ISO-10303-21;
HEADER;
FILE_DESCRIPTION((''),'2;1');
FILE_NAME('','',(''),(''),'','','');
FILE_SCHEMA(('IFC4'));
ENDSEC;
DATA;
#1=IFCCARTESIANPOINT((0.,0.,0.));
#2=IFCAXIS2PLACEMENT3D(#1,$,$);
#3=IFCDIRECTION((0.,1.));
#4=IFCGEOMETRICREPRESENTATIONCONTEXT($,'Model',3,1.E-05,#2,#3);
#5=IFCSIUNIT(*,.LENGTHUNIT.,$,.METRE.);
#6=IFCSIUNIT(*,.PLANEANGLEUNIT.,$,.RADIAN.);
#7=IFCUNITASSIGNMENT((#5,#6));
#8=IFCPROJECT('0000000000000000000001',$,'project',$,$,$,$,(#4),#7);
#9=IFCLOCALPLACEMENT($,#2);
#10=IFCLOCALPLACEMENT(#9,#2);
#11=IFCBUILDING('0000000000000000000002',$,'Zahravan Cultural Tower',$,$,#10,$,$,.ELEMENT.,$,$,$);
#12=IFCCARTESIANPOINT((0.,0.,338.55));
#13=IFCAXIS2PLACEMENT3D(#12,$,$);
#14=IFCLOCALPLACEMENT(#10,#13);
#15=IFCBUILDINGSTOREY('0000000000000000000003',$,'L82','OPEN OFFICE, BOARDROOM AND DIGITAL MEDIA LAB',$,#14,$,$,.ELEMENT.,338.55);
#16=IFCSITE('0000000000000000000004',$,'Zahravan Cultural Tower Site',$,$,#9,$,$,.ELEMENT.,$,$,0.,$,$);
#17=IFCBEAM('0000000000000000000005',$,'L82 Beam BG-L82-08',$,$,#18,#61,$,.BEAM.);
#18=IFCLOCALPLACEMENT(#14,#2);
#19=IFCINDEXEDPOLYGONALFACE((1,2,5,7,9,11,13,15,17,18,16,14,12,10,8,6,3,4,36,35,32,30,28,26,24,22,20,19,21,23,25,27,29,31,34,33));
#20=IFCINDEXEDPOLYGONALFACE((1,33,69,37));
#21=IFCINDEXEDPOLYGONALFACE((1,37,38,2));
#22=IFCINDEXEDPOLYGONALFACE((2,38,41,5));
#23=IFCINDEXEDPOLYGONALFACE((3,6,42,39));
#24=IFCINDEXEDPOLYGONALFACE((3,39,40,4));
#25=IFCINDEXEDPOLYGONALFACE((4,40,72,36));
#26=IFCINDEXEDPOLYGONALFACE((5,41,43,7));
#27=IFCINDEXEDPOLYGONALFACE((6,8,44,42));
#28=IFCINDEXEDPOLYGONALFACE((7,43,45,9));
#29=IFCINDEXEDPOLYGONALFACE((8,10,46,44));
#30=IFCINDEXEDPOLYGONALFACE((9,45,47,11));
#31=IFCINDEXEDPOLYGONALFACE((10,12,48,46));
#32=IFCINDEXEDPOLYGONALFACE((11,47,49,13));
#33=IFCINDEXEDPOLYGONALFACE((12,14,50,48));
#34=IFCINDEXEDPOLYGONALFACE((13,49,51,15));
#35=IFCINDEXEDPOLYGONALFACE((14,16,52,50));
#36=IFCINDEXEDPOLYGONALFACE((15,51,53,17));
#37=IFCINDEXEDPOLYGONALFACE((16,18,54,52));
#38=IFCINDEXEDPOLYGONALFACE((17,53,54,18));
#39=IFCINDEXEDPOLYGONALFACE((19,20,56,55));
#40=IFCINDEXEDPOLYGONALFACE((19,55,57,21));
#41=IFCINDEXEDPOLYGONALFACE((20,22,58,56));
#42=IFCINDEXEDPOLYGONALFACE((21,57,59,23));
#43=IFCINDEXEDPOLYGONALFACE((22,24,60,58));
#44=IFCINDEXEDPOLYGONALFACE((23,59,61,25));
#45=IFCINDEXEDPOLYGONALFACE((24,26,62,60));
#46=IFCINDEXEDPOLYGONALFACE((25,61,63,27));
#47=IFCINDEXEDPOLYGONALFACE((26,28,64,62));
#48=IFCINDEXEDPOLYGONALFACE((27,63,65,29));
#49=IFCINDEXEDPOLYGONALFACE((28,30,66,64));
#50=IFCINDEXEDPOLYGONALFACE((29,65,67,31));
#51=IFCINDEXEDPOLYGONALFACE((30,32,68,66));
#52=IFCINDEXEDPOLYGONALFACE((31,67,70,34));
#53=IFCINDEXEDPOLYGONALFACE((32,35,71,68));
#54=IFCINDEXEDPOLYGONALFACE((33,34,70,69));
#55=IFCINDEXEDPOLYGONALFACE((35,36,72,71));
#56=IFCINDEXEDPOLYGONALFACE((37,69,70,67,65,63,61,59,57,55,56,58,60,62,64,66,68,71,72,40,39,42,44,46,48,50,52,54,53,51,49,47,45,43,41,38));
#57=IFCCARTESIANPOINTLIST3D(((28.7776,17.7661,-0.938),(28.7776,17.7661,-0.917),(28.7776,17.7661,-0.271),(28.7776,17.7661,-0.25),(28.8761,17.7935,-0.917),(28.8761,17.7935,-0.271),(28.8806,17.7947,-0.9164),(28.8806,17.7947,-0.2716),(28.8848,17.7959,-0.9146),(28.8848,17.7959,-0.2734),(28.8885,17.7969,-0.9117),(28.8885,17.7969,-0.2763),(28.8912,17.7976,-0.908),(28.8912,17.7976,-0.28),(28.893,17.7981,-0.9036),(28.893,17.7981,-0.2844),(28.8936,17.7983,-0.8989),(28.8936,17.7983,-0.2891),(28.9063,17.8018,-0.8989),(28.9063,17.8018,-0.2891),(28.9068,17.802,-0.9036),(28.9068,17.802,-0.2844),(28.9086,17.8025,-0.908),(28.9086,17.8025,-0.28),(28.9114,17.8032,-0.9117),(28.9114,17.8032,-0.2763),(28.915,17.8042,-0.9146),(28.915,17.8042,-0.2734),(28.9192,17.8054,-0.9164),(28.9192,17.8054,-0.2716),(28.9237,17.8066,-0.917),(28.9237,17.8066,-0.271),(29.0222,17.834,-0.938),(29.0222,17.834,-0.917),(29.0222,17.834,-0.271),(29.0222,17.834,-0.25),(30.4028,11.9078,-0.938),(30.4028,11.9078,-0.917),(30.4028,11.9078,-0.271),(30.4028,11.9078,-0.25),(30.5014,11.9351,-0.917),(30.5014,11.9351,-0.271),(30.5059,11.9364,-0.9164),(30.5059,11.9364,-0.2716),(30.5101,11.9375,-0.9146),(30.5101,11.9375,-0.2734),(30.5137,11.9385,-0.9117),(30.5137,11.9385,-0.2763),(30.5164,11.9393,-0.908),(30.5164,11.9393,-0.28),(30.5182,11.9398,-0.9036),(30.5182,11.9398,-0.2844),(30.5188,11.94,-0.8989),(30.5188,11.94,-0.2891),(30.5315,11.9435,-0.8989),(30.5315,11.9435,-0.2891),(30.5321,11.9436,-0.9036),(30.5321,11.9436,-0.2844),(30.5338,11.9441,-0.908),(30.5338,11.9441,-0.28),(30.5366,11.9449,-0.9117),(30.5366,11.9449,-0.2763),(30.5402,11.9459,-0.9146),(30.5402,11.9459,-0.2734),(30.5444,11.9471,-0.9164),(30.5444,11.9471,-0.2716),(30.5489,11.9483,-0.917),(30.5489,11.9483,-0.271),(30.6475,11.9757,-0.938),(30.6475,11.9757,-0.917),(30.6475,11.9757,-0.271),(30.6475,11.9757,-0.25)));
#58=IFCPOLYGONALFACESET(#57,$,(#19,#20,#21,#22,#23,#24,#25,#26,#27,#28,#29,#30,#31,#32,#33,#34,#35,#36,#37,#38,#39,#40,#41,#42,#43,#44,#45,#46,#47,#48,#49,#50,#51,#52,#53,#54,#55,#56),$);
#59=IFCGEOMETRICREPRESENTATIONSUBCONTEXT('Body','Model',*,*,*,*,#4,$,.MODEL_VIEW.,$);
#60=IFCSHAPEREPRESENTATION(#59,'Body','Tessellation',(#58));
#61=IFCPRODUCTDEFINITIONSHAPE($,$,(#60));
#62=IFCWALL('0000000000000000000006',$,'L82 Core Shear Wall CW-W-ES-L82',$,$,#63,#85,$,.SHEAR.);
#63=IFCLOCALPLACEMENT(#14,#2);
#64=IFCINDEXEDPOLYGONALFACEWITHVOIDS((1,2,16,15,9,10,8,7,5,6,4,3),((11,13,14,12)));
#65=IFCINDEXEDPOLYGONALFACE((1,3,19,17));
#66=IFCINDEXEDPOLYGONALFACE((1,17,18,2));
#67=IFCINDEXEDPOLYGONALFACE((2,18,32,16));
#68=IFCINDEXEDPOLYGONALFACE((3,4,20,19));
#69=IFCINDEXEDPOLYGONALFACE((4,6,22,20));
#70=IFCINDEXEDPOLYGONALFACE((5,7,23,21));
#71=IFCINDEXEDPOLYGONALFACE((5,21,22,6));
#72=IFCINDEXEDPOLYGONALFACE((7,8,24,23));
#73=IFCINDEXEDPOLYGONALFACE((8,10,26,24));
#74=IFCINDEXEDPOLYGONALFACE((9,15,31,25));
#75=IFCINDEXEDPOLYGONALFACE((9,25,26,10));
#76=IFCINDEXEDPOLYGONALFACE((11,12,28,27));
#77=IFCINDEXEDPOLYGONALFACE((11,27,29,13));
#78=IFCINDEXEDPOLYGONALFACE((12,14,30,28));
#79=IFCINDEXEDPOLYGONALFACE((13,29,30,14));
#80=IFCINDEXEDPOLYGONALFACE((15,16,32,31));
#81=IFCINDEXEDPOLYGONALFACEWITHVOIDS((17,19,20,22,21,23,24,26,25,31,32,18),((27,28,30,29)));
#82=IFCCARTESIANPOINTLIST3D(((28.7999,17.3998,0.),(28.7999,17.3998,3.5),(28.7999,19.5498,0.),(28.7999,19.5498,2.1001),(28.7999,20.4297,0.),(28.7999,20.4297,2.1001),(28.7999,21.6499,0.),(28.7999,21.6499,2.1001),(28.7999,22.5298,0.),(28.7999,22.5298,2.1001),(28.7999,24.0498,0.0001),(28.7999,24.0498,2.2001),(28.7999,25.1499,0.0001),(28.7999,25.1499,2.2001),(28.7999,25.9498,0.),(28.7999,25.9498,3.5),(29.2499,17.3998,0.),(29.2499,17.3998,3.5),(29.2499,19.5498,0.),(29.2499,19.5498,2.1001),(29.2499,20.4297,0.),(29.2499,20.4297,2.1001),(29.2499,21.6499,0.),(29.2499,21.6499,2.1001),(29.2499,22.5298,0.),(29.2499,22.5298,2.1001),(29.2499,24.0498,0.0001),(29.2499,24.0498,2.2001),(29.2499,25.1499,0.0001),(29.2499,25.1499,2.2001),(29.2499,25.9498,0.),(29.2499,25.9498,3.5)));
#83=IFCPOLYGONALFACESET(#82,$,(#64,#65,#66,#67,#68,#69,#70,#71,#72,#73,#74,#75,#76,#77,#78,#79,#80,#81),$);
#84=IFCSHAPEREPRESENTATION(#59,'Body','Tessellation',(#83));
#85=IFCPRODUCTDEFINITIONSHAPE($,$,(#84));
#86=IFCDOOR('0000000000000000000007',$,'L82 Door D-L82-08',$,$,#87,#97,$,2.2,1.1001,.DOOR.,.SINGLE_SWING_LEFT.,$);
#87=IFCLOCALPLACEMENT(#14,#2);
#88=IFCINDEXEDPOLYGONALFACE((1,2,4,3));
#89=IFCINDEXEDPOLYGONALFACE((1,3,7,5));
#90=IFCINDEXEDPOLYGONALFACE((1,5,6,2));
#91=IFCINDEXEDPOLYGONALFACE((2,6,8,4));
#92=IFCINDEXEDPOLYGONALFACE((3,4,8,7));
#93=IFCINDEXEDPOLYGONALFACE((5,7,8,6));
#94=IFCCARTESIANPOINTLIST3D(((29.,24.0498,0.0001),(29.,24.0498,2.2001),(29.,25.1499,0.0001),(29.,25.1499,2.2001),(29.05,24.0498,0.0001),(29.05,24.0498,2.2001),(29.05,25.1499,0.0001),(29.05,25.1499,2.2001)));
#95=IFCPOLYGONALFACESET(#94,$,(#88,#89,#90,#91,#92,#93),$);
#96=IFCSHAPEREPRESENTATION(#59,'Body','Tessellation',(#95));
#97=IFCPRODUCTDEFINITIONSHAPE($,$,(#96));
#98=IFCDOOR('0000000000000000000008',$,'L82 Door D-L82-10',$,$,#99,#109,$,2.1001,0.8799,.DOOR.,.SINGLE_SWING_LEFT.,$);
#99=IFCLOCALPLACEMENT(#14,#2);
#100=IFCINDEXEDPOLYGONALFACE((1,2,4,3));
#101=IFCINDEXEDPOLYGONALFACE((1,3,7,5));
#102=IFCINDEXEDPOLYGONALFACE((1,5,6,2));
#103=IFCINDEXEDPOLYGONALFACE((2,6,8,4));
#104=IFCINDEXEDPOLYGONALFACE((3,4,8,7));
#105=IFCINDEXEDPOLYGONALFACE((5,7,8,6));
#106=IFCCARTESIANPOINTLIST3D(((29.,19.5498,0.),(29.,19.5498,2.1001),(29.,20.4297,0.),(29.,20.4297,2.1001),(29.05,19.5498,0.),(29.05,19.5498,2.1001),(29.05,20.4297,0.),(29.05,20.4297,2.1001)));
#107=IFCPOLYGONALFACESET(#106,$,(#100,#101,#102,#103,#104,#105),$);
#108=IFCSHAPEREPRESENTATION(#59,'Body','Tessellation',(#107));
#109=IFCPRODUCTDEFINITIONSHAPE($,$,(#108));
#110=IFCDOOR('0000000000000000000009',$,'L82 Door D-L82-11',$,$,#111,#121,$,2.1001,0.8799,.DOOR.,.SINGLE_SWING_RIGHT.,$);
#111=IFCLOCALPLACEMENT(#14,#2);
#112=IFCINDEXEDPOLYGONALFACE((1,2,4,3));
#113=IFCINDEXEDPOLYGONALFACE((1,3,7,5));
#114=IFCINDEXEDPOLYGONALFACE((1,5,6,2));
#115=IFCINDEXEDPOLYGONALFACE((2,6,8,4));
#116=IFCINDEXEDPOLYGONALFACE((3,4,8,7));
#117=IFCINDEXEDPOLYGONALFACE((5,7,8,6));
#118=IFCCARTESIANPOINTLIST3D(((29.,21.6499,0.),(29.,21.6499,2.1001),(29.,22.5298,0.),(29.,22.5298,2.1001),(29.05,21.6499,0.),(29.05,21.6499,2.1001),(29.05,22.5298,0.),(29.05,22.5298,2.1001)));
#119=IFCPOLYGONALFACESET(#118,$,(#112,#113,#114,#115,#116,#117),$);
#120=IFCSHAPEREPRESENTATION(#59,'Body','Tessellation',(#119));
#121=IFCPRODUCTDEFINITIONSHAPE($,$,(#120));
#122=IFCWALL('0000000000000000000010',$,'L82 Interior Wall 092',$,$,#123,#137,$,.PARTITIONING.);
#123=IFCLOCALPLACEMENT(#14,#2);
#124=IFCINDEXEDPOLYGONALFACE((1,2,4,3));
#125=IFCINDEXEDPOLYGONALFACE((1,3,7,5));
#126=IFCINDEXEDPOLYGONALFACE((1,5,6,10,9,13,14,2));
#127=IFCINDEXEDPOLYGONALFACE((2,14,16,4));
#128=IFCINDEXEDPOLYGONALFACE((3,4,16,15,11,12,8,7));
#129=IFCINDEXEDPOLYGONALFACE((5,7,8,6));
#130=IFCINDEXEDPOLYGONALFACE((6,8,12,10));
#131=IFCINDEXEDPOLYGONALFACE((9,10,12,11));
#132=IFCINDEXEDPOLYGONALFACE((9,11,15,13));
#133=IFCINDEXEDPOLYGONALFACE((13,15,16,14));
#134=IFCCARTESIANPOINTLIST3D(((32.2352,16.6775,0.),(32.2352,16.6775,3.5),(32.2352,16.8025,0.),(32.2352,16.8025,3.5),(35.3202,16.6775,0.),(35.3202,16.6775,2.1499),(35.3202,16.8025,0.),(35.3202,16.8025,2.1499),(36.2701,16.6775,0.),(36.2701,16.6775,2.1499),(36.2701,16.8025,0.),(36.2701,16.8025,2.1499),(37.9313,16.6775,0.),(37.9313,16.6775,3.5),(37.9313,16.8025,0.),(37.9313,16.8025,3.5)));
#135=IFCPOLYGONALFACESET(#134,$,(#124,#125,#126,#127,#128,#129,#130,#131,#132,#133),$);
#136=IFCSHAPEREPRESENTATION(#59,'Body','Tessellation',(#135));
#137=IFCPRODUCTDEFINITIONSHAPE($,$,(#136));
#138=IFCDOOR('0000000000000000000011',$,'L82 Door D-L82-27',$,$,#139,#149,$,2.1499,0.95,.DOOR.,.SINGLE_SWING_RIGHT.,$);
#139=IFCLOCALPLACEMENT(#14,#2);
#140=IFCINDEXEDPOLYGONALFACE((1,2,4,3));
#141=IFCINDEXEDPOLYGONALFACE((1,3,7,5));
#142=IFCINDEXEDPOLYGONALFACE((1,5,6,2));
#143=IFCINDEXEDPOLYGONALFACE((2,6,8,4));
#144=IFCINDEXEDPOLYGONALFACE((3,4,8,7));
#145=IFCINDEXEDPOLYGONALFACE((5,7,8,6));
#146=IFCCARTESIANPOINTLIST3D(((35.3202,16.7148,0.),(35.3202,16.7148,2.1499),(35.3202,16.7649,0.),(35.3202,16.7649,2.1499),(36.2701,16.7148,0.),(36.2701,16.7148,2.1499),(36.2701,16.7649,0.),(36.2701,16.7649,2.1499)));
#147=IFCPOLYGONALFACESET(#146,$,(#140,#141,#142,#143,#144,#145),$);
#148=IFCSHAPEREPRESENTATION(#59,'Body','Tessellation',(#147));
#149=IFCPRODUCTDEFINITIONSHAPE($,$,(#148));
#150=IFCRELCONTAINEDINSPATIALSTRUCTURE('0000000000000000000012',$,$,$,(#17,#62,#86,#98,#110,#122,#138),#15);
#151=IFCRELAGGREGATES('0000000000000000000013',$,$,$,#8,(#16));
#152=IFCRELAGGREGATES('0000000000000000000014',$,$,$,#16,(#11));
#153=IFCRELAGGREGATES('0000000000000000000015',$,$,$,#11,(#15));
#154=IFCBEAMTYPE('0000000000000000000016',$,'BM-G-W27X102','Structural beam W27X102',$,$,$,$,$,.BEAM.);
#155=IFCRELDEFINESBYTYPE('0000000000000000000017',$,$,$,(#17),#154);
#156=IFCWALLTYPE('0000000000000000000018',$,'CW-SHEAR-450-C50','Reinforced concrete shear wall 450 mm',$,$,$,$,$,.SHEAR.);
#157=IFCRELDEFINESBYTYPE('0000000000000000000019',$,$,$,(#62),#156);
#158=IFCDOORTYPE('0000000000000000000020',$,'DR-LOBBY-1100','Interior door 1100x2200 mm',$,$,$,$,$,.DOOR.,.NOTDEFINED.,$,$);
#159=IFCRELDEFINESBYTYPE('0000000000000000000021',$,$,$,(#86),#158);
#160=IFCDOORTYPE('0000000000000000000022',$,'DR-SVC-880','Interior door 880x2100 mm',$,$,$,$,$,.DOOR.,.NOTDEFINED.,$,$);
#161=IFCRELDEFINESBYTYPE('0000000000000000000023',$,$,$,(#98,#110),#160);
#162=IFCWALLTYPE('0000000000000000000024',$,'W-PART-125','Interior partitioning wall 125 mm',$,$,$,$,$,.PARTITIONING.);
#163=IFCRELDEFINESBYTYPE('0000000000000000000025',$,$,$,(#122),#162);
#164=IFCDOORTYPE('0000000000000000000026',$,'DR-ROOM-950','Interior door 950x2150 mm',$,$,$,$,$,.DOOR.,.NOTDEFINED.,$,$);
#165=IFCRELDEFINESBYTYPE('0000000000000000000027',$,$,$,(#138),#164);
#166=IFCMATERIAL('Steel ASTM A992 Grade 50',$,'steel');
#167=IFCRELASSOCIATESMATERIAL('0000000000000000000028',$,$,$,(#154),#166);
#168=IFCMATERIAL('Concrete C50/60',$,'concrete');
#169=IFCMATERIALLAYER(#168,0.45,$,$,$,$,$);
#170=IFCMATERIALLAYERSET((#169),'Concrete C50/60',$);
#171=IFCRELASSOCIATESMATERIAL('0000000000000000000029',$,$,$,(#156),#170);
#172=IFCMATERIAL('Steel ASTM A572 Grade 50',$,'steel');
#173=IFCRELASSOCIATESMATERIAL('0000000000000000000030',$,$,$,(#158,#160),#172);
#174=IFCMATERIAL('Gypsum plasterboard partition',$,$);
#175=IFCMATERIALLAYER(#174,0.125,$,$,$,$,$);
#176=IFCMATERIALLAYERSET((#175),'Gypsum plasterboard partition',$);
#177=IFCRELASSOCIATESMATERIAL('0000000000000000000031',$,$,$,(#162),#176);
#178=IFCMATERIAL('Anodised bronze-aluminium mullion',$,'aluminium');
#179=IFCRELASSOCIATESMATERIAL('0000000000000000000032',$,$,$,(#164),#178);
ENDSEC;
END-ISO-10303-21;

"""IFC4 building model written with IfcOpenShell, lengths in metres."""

from ifc_helpers import new_model, si_unit, direction, frame, frame_2d, origin, origin_2d, place, context, subcontext, project, spatial, rectangle, i_section, extrude, source, transform, mapped, material, layer, layer_set, material_profile, profile_set, type_object, element, fill, save


model = new_model("IFC4")

# Units and contexts
model_context = context("Model", 3, precision=1e-05, world=origin(), true_north=direction((0.0, 1.0)))
body_context = subcontext(model_context, "Body", "Model", "MODEL_VIEW")
ifc_project = project(units=[si_unit("LENGTHUNIT", "METRE"), si_unit("PLANEANGLEUNIT", "RADIAN")], contexts=[model_context])

# Site, building, storey
site_placement = place(None, origin())
site = spatial("IfcSite", under=ifc_project, at=site_placement, Name="Zahravan Cultural Tower Site", CompositionType="ELEMENT", RefElevation=0.0)
building_placement = place(site_placement, origin())
building = spatial("IfcBuilding", under=site, at=building_placement, Name="Zahravan Cultural Tower", CompositionType="ELEMENT")
storey_placement = place(building_placement, frame((0.0, 0.0, 338.55)))
storey = spatial("IfcBuildingStorey", under=building, at=storey_placement, Name="L82", Description="OPEN OFFICE, BOARDROOM AND DIGITAL MEDIA LAB", CompositionType="ELEMENT", Elevation=338.55)

# Shared definitions
ifc_material_1 = material(Name="Concrete C50/60", Category="concrete")

# Beam
ifc_material_2 = material(Name="Steel ASTM A992 Grade 50", Category="steel")
ifc_material_profile_1 = material_profile(ifc_material_2, i_section(OverallWidth=0.2539, OverallDepth=0.688, WebThickness=0.0132, FlangeThickness=0.021, FilletRadius=0.0181, at=origin_2d()), Name="W27X102")
ifc_profile_set_1 = profile_set([ifc_material_profile_1], Name="Steel ASTM A992 Grade 50")
beam_type_1 = type_object("IfcBeamType", Name="BM-G-W27X102", Description="Structural beam W27X102", PredefinedType="BEAM", material=ifc_profile_set_1)
shared_shape_1 = source(origin(), body_context, "Body", "SweptSolid", [
    extrude(i_section(OverallWidth=0.2539, OverallDepth=0.688, WebThickness=0.0132, FlangeThickness=0.021, FilletRadius=0.0181, at=origin_2d()), origin(), (0.0, 0.0, 1.0), 6.0796),
])
beam_1_placement = place(storey_placement, frame((28.8999, 17.8, -0.594), z_axis=(0.267325, -0.963606, 0.0), x_axis=(0.963606, 0.267325, 0.0)))
element("IfcBeam", 1, at=beam_1_placement, inside=storey, type_object=beam_type_1, Name="L82 Beam BG-L82-08", PredefinedType="BEAM", context=body_context, shape_type="MappedRepresentation", body=[
    mapped(shared_shape_1, transform((0.0, 0.0, 0.0), x_axis=(1.0, 0.0, 0.0), y_axis=(0.0, 1.0, 0.0), z_axis=(0.0, 0.0, 1.0), scale=1.0)),
])

# Wall, openings, doors
ifc_layer_1 = layer(ifc_material_1, 0.45)
ifc_layer_set_1 = layer_set([ifc_layer_1], Name="Concrete C50/60")
wall_type_1 = type_object("IfcWallType", Name="CW-SHEAR-450-C50", Description="Reinforced concrete shear wall 450 mm", PredefinedType="SHEAR", material=ifc_layer_set_1)
wall_1_placement = place(storey_placement, frame((29.0249, 17.3999, 0.0), z_axis=(0.0, 0.0, 1.0), x_axis=(0.0, 1.0, 0.0)))
wall_1 = element("IfcWall", 2, at=wall_1_placement, inside=storey, type_object=wall_type_1, Name="L82 Core Shear Wall CW-W-ES-L82", PredefinedType="SHEAR", context=body_context, shape_type="SweptSolid", body=[
    extrude(rectangle(XDim=8.55, YDim=0.45, at=frame_2d((4.2749, 0.0))), origin(), (0.0, 0.0, 1.0), 3.5),
])
opening_1_placement = place(wall_1_placement, frame((6.6499, 0.0, 0.0)))
opening_1 = element("IfcOpeningElement", 3, at=opening_1_placement, cuts=wall_1, PredefinedType="OPENING", context=body_context, shape_type="SweptSolid", body=[
    extrude(rectangle(XDim=1.1001, YDim=2.2, at=frame_2d((0.55, 1.1001))), frame((0.0, 0.2349, 0.0), z_axis=(0.0, -1.0, 0.0), x_axis=(1.0, 0.0, 0.0)), (0.0, 0.0, 1.0), 0.47),
])
opening_2_placement = place(wall_1_placement, frame((2.1499, 0.0, 0.0)))
opening_2 = element("IfcOpeningElement", 4, at=opening_2_placement, cuts=wall_1, PredefinedType="OPENING", context=body_context, shape_type="SweptSolid", body=[
    extrude(rectangle(XDim=0.8799, YDim=2.1001, at=frame_2d((0.4399, 1.05))), frame((0.0, 0.2349, 0.0), z_axis=(0.0, -1.0, 0.0), x_axis=(1.0, 0.0, 0.0)), (0.0, 0.0, 1.0), 0.47),
])
opening_3_placement = place(wall_1_placement, frame((4.25, 0.0, 0.0)))
opening_3 = element("IfcOpeningElement", 5, at=opening_3_placement, cuts=wall_1, PredefinedType="OPENING", context=body_context, shape_type="SweptSolid", body=[
    extrude(rectangle(XDim=0.8799, YDim=2.1001, at=frame_2d((0.4399, 1.05))), frame((0.0, 0.2349, 0.0), z_axis=(0.0, -1.0, 0.0), x_axis=(1.0, 0.0, 0.0)), (0.0, 0.0, 1.0), 0.47),
])
ifc_material_3 = material(Name="Steel ASTM A572 Grade 50", Category="steel")
door_type_1 = type_object("IfcDoorType", Name="DR-LOBBY-1100", Description="Interior door 1100x2200 mm", OperationType="NOTDEFINED", PredefinedType="DOOR", material=ifc_material_3)
shared_shape_2 = source(origin(), body_context, "Body", "SweptSolid", [
    extrude(rectangle(XDim=1.1001, YDim=2.2, at=frame_2d((0.55, 1.1001))), frame((0.0, 0.0249, 0.0), z_axis=(0.0, -1.0, 0.0), x_axis=(1.0, 0.0, 0.0)), (0.0, 0.0, 1.0), 0.05),
])
door_1_placement = place(opening_1_placement, origin())
door_1 = element("IfcDoor", 6, at=door_1_placement, inside=storey, type_object=door_type_1, Name="L82 Door D-L82-08", OperationType="SINGLE_SWING_LEFT", OverallHeight=2.2, OverallWidth=1.1001, PredefinedType="DOOR", context=body_context, shape_type="MappedRepresentation", body=[
    mapped(shared_shape_2, transform((0.0, 0.0, 0.0), x_axis=(1.0, 0.0, 0.0), y_axis=(0.0, 1.0, 0.0), z_axis=(0.0, 0.0, 1.0), scale=1.0)),
])
fill(opening_1, door_1)
door_type_2 = type_object("IfcDoorType", Name="DR-SVC-880", Description="Interior door 880x2100 mm", OperationType="NOTDEFINED", PredefinedType="DOOR", material=ifc_material_3)
shared_shape_3 = source(origin(), body_context, "Body", "SweptSolid", [
    extrude(rectangle(XDim=0.8799, YDim=2.1001, at=frame_2d((0.4399, 1.05))), frame((0.0, 0.0249, 0.0), z_axis=(0.0, -1.0, 0.0), x_axis=(1.0, 0.0, 0.0)), (0.0, 0.0, 1.0), 0.05),
])
door_2_placement = place(opening_2_placement, origin())
door_2 = element("IfcDoor", 7, at=door_2_placement, inside=storey, type_object=door_type_2, Name="L82 Door D-L82-10", OperationType="SINGLE_SWING_LEFT", OverallHeight=2.1001, OverallWidth=0.8799, PredefinedType="DOOR", context=body_context, shape_type="MappedRepresentation", body=[
    mapped(shared_shape_3, transform((0.0, 0.0, 0.0), x_axis=(1.0, 0.0, 0.0), y_axis=(0.0, 1.0, 0.0), z_axis=(0.0, 0.0, 1.0), scale=1.0)),
])
fill(opening_2, door_2)
door_3_placement = place(opening_3_placement, origin())
door_3 = element("IfcDoor", 8, at=door_3_placement, inside=storey, type_object=door_type_2, Name="L82 Door D-L82-11", OperationType="SINGLE_SWING_RIGHT", OverallHeight=2.1001, OverallWidth=0.8799, PredefinedType="DOOR", context=body_context, shape_type="MappedRepresentation", body=[
    mapped(shared_shape_3, transform((0.0, 0.0, 0.0), x_axis=(1.0, 0.0, 0.0), y_axis=(0.0, 1.0, 0.0), z_axis=(0.0, 0.0, 1.0), scale=1.0)),
])
fill(opening_3, door_3)

# Wall, opening, door
ifc_material_4 = material(Name="Gypsum plasterboard partition")
ifc_layer_2 = layer(ifc_material_4, 0.125)
ifc_layer_set_2 = layer_set([ifc_layer_2], Name="Gypsum plasterboard partition")
wall_type_2 = type_object("IfcWallType", Name="W-PART-125", Description="Interior partitioning wall 125 mm", PredefinedType="PARTITIONING", material=ifc_layer_set_2)
ifc_material_5 = material(Name="Anodised bronze-aluminium mullion", Category="aluminium")
door_type_3 = type_object("IfcDoorType", Name="DR-ROOM-950", Description="Interior door 950x2150 mm", OperationType="NOTDEFINED", PredefinedType="DOOR", material=ifc_material_5)
shared_shape_4 = source(origin(), body_context, "Body", "SweptSolid", [
    extrude(rectangle(XDim=0.95, YDim=2.1499, at=frame_2d((0.4751, 1.075))), frame((0.0, 0.0249, 0.0), z_axis=(0.0, -1.0, 0.0), x_axis=(1.0, 0.0, 0.0)), (0.0, 0.0, 1.0), 0.05),
])
wall_2_placement = place(storey_placement, frame((32.2351, 16.74, 0.0), z_axis=(0.0, 0.0, 1.0), x_axis=(1.0, 0.0, 0.0)))
wall_2 = element("IfcWall", 9, at=wall_2_placement, inside=storey, type_object=wall_type_2, Name="L82 Interior Wall 092", PredefinedType="PARTITIONING", context=body_context, shape_type="SweptSolid", body=[
    extrude(rectangle(XDim=5.696, YDim=0.125, at=frame_2d((2.8481, 0.0))), origin(), (0.0, 0.0, 1.0), 3.5),
])
opening_4_placement = place(wall_2_placement, frame((3.085, 0.0, 0.0)))
opening_4 = element("IfcOpeningElement", 10, at=opening_4_placement, cuts=wall_2, PredefinedType="OPENING", context=body_context, shape_type="SweptSolid", body=[
    extrude(rectangle(XDim=0.95, YDim=2.1499, at=frame_2d((0.4751, 1.075))), frame((0.0, 0.0725, 0.0), z_axis=(0.0, -1.0, 0.0), x_axis=(1.0, 0.0, 0.0)), (0.0, 0.0, 1.0), 0.145),
])
door_4_placement = place(opening_4_placement, origin())
door_4 = element("IfcDoor", 11, at=door_4_placement, inside=storey, type_object=door_type_3, Name="L82 Door D-L82-27", OperationType="SINGLE_SWING_RIGHT", OverallHeight=2.1499, OverallWidth=0.95, PredefinedType="DOOR", context=body_context, shape_type="MappedRepresentation", body=[
    mapped(shared_shape_4, transform((0.0, 0.0, 0.0), x_axis=(1.0, 0.0, 0.0), y_axis=(0.0, 1.0, 0.0), z_axis=(0.0, 0.0, 1.0), scale=1.0)),
])
fill(opening_4, door_4)

save(model, "model.ifc")
